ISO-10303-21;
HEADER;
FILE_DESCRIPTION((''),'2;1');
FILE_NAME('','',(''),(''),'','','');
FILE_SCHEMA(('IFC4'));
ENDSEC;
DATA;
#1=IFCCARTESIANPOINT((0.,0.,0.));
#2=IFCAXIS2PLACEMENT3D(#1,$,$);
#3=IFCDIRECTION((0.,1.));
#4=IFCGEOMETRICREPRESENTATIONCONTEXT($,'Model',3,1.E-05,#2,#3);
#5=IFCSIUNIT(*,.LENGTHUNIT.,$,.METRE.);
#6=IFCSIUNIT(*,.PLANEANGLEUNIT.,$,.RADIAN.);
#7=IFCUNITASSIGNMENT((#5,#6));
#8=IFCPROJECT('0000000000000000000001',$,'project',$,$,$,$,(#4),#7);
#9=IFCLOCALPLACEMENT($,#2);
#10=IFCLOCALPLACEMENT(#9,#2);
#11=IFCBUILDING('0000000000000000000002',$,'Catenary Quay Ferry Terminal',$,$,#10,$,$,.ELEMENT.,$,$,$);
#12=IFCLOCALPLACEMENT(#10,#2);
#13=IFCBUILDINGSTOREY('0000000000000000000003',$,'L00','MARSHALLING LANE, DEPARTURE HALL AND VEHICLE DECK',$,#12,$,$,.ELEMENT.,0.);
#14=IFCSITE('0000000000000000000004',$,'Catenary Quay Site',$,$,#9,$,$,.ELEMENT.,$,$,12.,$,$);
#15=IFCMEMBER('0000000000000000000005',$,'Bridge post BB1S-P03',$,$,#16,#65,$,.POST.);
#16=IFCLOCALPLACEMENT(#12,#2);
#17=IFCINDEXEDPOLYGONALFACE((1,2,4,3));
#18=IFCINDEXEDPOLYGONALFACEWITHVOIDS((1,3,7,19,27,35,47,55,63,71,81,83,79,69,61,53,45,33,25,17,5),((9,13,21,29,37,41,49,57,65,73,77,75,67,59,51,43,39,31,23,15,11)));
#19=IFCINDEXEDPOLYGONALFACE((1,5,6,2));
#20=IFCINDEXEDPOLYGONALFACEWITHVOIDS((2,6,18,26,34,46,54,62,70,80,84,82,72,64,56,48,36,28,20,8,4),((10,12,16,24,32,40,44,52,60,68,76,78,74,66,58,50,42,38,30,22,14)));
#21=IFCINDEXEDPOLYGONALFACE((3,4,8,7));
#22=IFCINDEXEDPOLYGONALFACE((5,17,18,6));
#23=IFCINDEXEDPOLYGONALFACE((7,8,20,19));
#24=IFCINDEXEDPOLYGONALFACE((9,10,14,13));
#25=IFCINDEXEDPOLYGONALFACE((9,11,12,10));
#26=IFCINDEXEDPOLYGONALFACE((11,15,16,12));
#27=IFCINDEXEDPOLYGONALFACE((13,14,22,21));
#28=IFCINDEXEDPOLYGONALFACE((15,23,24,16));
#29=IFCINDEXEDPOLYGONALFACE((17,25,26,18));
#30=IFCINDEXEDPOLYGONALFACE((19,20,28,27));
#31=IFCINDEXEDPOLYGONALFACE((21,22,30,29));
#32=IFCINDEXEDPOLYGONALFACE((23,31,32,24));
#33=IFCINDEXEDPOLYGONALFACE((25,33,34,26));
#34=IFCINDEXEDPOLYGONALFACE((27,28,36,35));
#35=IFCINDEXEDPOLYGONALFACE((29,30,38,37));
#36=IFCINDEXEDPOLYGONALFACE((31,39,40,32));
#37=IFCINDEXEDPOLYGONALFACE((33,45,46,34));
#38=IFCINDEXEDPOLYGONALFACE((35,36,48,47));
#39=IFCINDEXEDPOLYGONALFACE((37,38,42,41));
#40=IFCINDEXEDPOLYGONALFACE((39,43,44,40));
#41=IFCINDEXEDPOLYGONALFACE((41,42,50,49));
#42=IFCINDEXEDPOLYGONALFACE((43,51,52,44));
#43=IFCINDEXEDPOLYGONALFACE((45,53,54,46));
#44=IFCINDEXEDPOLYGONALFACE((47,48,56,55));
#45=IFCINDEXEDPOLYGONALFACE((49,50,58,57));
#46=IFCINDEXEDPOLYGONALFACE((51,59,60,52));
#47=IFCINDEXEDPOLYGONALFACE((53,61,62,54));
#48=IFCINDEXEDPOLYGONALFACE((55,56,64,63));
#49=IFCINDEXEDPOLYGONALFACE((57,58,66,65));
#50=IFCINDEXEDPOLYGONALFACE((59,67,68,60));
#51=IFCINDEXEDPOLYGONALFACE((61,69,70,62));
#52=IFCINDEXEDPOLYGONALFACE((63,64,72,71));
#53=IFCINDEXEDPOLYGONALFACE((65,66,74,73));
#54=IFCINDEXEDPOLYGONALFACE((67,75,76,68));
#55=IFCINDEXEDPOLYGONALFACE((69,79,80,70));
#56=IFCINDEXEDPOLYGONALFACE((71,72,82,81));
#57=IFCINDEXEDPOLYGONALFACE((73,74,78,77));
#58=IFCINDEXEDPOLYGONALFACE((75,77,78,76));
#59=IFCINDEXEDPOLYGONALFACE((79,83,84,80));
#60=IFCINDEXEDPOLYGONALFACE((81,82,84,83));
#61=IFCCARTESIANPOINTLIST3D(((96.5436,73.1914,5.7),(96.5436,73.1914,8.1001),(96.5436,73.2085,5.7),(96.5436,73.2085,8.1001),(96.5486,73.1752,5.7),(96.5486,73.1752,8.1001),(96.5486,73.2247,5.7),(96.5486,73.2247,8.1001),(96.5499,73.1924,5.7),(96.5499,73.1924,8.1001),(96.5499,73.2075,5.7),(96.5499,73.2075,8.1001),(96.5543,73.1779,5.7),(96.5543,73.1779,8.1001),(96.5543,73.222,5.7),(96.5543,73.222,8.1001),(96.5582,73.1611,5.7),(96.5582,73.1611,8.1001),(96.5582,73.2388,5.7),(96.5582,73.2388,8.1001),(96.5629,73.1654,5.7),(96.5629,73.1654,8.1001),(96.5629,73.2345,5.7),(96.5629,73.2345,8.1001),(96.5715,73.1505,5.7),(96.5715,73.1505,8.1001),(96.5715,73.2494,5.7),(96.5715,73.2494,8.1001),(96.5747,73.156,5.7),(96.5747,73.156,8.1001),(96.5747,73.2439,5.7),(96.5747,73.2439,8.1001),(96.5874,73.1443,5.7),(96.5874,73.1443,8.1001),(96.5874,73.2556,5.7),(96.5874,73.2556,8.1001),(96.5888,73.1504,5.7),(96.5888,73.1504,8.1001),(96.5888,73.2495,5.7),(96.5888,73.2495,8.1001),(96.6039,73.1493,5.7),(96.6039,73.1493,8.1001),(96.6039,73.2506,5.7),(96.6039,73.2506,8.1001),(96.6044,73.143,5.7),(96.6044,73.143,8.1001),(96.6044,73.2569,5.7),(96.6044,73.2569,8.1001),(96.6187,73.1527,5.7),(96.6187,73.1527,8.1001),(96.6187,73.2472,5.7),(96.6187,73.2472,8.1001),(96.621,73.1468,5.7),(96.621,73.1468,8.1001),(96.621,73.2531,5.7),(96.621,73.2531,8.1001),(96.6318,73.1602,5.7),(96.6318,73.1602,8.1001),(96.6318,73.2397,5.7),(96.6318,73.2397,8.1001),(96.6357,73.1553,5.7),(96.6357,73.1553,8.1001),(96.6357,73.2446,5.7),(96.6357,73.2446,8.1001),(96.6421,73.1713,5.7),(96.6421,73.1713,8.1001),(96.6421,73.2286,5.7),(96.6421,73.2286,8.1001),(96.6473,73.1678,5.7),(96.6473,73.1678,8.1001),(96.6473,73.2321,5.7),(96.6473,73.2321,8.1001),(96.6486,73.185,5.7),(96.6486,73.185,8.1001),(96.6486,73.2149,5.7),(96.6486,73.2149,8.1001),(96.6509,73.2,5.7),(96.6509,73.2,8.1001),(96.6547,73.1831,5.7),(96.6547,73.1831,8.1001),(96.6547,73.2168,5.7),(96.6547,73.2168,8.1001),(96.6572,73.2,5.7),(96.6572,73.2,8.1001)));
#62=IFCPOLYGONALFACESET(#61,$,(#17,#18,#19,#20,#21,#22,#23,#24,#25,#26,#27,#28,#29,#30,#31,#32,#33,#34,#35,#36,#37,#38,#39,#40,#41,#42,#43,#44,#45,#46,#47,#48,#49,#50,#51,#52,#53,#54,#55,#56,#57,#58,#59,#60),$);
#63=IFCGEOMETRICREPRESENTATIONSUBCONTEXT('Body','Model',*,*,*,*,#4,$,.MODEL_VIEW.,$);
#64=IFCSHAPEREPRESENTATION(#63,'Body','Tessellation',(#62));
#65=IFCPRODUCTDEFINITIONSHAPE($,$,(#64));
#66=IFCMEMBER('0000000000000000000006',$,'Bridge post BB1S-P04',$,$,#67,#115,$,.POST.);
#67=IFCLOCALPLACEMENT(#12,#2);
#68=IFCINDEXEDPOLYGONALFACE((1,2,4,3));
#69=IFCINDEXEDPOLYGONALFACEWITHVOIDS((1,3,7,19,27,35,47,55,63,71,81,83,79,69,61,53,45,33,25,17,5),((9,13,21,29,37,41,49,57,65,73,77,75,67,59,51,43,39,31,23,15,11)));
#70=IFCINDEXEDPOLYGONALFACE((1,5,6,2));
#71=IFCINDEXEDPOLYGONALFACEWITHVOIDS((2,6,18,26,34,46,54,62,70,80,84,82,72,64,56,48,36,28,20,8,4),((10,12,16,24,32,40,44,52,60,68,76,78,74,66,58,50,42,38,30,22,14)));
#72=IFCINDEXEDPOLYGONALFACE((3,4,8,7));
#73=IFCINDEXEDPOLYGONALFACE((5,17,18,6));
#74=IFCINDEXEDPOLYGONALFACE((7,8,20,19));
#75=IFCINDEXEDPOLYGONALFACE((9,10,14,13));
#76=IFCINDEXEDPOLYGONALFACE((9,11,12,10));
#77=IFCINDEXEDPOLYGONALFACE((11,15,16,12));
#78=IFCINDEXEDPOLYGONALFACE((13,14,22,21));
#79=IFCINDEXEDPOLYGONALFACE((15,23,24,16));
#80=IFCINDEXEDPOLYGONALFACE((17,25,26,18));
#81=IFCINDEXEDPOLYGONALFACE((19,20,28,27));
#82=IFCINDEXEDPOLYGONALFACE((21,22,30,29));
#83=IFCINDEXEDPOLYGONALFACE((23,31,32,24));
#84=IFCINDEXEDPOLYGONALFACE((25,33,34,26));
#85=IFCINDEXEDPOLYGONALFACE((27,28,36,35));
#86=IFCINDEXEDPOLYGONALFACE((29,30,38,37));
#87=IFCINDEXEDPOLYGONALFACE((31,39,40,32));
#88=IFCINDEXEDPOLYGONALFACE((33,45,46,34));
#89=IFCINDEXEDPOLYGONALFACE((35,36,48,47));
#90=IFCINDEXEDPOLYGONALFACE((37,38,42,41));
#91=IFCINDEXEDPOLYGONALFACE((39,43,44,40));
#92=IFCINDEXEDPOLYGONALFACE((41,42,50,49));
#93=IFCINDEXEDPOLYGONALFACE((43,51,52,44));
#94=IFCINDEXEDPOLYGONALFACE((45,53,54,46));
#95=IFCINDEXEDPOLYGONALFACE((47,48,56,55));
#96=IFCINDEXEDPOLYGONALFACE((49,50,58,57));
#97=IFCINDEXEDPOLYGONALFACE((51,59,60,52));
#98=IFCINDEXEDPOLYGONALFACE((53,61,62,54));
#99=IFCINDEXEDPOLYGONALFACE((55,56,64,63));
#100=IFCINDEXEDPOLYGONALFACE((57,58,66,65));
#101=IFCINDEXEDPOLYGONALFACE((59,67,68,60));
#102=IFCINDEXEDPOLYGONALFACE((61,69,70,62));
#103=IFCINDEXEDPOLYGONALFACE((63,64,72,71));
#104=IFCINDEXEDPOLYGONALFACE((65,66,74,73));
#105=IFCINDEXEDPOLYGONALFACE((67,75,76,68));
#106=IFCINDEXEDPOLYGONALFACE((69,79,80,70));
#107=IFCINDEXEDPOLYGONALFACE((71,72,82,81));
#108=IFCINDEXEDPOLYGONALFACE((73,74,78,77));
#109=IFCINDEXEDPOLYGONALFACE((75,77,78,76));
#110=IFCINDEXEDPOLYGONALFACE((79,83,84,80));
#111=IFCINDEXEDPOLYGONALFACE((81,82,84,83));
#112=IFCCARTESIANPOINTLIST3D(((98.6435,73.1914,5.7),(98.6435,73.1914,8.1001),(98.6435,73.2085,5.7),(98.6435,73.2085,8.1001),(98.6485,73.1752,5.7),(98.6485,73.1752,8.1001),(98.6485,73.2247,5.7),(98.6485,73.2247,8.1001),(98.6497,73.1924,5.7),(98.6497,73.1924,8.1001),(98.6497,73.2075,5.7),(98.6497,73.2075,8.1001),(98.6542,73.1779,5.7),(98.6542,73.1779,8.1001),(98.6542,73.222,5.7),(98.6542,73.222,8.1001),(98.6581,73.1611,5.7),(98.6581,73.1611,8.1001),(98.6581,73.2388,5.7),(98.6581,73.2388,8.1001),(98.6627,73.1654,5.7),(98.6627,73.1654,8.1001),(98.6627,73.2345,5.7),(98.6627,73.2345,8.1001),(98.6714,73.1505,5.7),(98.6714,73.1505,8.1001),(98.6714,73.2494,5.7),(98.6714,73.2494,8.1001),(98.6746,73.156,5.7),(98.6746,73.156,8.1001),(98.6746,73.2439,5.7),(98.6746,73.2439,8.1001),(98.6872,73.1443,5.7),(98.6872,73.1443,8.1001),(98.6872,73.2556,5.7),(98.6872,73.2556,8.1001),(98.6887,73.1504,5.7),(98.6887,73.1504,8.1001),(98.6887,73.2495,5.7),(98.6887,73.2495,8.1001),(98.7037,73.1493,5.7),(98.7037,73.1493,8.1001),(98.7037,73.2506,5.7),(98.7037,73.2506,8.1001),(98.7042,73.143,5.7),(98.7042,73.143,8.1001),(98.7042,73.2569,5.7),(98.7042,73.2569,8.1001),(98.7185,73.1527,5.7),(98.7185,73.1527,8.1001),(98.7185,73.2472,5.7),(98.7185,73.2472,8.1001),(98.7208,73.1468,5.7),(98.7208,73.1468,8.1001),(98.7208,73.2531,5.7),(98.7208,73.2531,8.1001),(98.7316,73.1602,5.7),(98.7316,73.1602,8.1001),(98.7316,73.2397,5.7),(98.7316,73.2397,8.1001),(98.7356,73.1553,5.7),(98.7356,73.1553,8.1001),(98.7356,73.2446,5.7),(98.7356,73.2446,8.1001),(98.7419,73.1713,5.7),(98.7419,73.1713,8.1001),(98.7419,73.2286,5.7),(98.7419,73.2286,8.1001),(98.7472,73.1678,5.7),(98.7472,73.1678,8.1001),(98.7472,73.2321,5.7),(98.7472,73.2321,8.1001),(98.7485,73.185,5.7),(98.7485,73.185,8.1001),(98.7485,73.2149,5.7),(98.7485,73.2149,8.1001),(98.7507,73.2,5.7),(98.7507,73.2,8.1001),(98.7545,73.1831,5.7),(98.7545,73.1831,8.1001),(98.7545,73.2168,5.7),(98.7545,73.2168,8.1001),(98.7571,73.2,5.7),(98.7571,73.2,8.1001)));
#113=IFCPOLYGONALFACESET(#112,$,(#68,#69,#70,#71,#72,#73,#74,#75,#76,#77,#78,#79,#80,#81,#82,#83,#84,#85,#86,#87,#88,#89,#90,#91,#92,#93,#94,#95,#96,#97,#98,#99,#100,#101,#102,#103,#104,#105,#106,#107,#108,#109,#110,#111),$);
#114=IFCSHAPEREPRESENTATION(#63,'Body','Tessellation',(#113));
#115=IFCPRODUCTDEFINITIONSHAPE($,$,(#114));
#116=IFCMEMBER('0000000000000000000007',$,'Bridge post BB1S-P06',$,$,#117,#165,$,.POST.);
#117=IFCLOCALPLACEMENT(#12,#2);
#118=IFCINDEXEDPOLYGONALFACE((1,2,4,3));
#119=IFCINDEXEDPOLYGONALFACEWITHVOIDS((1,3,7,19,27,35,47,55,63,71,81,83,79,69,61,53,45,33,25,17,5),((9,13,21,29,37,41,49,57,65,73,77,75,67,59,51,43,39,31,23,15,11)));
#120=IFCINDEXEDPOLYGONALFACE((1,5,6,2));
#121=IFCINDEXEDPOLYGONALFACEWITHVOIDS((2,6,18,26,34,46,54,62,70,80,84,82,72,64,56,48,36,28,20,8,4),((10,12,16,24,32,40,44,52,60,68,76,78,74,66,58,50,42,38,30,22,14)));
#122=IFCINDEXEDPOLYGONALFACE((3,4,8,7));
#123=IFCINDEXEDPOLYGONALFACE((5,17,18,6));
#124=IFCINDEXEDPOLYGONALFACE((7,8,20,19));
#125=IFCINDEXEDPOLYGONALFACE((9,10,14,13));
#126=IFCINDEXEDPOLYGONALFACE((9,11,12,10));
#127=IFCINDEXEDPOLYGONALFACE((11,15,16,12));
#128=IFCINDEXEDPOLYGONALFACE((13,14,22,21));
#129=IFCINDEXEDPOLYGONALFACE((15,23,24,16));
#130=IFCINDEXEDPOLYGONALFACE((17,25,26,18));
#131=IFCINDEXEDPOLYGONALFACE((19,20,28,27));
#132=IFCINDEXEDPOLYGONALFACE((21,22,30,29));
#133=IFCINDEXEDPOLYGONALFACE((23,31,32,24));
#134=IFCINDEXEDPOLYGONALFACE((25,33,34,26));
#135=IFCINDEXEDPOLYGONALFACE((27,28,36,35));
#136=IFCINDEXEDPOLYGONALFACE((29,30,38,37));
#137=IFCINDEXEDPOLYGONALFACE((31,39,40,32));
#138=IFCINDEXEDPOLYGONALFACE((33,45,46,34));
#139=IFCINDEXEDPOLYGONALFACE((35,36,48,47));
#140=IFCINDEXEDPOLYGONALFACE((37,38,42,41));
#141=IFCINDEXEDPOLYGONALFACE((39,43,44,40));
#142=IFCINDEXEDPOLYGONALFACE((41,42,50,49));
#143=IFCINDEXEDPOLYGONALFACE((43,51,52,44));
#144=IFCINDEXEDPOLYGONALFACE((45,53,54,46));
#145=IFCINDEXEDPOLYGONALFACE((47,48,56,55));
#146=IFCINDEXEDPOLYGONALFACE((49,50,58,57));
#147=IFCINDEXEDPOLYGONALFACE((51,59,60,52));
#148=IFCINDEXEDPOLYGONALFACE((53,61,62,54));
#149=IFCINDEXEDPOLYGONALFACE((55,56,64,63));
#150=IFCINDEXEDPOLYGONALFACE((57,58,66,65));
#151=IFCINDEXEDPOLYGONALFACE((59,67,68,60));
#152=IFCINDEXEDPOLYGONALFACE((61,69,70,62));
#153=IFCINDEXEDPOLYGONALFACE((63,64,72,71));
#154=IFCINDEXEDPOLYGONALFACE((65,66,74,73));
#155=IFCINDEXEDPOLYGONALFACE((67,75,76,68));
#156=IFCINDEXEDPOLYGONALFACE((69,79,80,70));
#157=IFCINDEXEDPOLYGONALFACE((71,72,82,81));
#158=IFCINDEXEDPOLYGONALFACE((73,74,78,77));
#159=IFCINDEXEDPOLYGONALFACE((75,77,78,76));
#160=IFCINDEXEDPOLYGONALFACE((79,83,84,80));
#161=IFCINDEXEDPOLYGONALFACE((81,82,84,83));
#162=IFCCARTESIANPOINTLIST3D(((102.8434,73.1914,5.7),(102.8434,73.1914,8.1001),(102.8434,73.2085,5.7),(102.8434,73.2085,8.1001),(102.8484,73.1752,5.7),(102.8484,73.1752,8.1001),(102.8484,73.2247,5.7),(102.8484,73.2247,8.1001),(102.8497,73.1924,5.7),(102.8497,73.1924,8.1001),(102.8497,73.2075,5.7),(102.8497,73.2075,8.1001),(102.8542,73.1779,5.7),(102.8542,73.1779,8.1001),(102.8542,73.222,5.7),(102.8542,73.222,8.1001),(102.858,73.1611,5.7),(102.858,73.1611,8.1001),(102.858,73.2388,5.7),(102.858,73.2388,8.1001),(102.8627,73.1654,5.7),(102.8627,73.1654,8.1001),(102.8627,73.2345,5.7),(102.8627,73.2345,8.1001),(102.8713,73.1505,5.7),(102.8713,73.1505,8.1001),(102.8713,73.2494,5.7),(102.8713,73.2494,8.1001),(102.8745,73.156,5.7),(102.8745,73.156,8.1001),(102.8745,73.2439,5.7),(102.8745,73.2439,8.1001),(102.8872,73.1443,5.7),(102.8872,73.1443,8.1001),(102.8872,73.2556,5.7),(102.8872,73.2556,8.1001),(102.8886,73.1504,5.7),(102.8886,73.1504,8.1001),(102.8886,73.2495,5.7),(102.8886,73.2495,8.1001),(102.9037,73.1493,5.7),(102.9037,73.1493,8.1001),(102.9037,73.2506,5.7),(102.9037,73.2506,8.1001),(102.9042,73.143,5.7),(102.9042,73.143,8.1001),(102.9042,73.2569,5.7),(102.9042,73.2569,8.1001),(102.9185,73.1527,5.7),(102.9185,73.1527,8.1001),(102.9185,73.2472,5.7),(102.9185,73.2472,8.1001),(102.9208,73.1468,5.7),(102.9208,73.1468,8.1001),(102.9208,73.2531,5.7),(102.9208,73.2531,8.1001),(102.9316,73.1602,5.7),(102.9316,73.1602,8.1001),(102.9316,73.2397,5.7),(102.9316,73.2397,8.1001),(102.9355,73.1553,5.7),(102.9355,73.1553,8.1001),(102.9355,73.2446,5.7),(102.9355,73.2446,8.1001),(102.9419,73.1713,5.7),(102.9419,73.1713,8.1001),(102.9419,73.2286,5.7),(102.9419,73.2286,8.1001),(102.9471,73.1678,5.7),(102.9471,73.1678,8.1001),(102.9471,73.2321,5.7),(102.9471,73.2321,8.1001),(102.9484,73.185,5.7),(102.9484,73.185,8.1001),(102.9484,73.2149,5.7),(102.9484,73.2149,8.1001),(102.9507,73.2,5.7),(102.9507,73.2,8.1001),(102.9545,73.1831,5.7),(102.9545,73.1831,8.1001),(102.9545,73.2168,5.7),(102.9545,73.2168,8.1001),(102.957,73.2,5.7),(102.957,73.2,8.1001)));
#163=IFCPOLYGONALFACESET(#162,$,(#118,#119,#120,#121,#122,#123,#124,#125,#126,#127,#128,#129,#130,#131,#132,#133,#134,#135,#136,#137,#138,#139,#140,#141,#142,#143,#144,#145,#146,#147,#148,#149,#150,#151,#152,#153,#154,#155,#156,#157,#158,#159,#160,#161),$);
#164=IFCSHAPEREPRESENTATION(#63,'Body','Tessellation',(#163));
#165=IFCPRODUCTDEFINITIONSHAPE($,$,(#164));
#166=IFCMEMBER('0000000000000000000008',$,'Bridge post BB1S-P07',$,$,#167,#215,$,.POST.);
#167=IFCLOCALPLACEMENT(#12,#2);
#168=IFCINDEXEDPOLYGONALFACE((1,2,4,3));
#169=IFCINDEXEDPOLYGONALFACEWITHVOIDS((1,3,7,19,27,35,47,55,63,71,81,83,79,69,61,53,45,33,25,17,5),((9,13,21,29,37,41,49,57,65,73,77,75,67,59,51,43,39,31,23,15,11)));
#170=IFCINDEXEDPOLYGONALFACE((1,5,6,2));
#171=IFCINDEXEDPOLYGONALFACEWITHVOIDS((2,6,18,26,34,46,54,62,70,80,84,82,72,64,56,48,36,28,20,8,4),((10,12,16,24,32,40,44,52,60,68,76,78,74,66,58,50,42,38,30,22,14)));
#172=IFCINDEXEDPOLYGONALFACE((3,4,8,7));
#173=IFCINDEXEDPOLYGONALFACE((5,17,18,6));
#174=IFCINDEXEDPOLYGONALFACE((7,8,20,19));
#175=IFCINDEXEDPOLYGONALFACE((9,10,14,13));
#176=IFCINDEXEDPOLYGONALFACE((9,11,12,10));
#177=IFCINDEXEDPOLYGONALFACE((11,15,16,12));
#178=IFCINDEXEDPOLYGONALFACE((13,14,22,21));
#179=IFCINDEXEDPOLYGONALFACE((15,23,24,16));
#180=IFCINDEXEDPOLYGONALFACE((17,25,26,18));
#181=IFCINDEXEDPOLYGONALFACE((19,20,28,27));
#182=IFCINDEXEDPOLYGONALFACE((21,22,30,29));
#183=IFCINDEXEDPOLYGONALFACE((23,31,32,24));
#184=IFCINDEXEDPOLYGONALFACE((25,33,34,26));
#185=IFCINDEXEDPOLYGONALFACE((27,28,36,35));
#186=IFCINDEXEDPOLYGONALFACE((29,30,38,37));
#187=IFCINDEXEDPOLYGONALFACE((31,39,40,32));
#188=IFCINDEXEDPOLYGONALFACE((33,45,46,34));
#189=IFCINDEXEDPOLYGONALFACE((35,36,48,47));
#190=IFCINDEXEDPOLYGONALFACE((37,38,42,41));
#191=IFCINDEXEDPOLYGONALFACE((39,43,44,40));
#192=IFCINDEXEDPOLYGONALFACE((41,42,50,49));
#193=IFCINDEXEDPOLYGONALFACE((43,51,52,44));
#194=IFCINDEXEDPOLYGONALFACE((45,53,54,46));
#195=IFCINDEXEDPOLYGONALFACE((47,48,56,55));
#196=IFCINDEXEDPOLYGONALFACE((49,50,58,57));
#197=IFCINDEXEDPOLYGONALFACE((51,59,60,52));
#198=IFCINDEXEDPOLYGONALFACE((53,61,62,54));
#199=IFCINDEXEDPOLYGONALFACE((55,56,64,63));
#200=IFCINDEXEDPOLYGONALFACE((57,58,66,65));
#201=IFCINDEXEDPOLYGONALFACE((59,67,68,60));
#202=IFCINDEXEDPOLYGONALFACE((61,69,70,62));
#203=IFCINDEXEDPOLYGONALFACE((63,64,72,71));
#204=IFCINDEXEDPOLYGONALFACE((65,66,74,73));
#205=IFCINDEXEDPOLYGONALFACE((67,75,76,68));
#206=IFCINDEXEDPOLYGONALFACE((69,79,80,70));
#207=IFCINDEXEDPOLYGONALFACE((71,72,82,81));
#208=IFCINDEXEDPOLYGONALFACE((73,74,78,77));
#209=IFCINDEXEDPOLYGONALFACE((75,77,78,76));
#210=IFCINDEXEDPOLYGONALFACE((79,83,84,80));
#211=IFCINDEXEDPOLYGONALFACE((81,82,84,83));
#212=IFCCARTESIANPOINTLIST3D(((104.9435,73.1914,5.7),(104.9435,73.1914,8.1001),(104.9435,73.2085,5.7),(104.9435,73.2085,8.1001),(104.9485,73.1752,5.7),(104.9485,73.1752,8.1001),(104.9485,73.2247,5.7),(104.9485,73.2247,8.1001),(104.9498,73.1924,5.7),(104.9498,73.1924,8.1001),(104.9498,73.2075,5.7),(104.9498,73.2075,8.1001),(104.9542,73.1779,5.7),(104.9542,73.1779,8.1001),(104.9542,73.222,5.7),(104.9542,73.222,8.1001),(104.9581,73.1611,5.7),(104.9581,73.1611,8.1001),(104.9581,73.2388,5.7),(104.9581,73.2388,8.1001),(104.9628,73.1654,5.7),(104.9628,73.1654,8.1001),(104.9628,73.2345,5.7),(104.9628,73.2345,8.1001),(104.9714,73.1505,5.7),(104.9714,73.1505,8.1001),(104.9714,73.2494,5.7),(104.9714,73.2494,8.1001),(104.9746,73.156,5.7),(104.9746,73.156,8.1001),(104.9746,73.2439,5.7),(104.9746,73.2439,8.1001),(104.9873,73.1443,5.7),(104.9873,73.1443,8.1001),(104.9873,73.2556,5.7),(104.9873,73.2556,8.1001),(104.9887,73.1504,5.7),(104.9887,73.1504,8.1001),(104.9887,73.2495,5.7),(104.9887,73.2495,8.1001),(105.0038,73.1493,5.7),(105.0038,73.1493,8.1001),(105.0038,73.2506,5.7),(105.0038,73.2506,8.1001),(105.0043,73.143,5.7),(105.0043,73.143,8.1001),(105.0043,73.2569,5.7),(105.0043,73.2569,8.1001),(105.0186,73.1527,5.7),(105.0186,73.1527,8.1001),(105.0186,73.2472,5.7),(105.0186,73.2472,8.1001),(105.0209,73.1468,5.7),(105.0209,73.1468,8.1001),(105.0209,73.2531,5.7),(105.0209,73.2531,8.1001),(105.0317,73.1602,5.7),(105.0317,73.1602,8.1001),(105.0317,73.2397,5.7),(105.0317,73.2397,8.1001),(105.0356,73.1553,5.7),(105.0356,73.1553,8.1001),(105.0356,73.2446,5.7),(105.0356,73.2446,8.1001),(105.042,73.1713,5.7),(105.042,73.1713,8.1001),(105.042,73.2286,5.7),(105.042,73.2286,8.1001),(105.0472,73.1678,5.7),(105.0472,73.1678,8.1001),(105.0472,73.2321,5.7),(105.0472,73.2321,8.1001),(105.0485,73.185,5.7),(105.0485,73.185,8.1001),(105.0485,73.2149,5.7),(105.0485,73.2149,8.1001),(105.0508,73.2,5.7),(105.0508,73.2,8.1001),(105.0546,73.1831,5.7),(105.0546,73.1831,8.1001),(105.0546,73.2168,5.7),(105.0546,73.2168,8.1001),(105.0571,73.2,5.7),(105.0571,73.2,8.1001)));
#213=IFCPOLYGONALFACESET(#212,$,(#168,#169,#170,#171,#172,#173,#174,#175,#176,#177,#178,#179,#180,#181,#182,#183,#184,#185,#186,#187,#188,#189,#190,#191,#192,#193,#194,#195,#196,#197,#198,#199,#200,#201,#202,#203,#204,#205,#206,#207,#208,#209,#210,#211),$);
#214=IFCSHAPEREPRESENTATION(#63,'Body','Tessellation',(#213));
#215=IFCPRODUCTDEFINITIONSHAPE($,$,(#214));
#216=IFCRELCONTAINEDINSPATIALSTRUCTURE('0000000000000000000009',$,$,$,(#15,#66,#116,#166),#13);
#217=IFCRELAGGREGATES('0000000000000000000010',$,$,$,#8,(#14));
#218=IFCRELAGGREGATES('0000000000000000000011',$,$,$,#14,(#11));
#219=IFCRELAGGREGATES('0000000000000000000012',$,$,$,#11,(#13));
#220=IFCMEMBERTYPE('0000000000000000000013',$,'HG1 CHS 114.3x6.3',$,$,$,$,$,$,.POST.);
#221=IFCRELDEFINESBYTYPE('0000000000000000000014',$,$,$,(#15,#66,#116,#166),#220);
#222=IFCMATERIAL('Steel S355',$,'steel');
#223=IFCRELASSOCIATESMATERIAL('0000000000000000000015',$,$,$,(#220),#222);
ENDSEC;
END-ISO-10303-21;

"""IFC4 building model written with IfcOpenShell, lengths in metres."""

from ifc_helpers import new_model, si_unit, direction, frame, origin, origin_2d, place, context, subcontext, project, spatial, hollow_circle, extrude, material, material_profile, profile_set, type_object, element, save


model = new_model("IFC4")

# Units and contexts
model_context = context("Model", 3, precision=1e-05, world=origin(), true_north=direction((0.0, 1.0)))
body_context = subcontext(model_context, "Body", "Model", "MODEL_VIEW")
ifc_project = project(units=[si_unit("LENGTHUNIT", "METRE"), si_unit("PLANEANGLEUNIT", "RADIAN")], contexts=[model_context])

# Site, building, storey
site_placement = place(None, origin())
site = spatial("IfcSite", under=ifc_project, at=site_placement, Name="Catenary Quay Site", CompositionType="ELEMENT", RefElevation=12.0)
building_placement = place(site_placement, origin())
building = spatial("IfcBuilding", under=site, at=building_placement, Name="Catenary Quay Ferry Terminal", CompositionType="ELEMENT")
storey_placement = place(building_placement, origin())
storey = spatial("IfcBuildingStorey", under=building, at=storey_placement, Name="L00", Description="MARSHALLING LANE, DEPARTURE HALL AND VEHICLE DECK", CompositionType="ELEMENT", Elevation=0.0)

# Members
ifc_material_1 = material(Name="Steel S355", Category="steel")
ifc_material_profile_1 = material_profile(ifc_material_1, hollow_circle(Radius=0.0571, WallThickness=0.0063, at=origin_2d()), Name="CHS 114.3x6.3")
ifc_profile_set_1 = profile_set([ifc_material_profile_1], Name="Steel S355")
member_type_1 = type_object("IfcMemberType", Name="HG1 CHS 114.3x6.3", PredefinedType="POST", material=ifc_profile_set_1)
for number, where, z_axis, x_axis, name in (
    (1, (96.6001, 73.2, 5.7), (0.0, 0.0, 1.0), (1.0, 0.0, 0.0), "Bridge post BB1S-P03"),
    (2, (98.7, 73.2, 5.7), (0.0, 0.0, 1.0), (1.0, 0.0, 0.0), "Bridge post BB1S-P04"),
    (3, (102.8999, 73.2, 5.7), (0.0, 0.0, 1.0), (1.0, 0.0, 0.0), "Bridge post BB1S-P06"),
    (4, (105.0, 73.2, 5.7), (0.0, 0.0, 1.0), (1.0, 0.0, 0.0), "Bridge post BB1S-P07"),
):
    element("IfcMember", number, at=place(storey_placement, frame(where, z_axis=z_axis, x_axis=x_axis)), inside=storey, type_object=member_type_1, Name=name, PredefinedType="POST", context=body_context, shape_type="SweptSolid", body=[
        extrude(hollow_circle(Radius=0.0571, WallThickness=0.0063, at=origin_2d()), origin(), (0.0, 0.0, 1.0), 2.4001),
    ])

save(model, "model.ifc")
